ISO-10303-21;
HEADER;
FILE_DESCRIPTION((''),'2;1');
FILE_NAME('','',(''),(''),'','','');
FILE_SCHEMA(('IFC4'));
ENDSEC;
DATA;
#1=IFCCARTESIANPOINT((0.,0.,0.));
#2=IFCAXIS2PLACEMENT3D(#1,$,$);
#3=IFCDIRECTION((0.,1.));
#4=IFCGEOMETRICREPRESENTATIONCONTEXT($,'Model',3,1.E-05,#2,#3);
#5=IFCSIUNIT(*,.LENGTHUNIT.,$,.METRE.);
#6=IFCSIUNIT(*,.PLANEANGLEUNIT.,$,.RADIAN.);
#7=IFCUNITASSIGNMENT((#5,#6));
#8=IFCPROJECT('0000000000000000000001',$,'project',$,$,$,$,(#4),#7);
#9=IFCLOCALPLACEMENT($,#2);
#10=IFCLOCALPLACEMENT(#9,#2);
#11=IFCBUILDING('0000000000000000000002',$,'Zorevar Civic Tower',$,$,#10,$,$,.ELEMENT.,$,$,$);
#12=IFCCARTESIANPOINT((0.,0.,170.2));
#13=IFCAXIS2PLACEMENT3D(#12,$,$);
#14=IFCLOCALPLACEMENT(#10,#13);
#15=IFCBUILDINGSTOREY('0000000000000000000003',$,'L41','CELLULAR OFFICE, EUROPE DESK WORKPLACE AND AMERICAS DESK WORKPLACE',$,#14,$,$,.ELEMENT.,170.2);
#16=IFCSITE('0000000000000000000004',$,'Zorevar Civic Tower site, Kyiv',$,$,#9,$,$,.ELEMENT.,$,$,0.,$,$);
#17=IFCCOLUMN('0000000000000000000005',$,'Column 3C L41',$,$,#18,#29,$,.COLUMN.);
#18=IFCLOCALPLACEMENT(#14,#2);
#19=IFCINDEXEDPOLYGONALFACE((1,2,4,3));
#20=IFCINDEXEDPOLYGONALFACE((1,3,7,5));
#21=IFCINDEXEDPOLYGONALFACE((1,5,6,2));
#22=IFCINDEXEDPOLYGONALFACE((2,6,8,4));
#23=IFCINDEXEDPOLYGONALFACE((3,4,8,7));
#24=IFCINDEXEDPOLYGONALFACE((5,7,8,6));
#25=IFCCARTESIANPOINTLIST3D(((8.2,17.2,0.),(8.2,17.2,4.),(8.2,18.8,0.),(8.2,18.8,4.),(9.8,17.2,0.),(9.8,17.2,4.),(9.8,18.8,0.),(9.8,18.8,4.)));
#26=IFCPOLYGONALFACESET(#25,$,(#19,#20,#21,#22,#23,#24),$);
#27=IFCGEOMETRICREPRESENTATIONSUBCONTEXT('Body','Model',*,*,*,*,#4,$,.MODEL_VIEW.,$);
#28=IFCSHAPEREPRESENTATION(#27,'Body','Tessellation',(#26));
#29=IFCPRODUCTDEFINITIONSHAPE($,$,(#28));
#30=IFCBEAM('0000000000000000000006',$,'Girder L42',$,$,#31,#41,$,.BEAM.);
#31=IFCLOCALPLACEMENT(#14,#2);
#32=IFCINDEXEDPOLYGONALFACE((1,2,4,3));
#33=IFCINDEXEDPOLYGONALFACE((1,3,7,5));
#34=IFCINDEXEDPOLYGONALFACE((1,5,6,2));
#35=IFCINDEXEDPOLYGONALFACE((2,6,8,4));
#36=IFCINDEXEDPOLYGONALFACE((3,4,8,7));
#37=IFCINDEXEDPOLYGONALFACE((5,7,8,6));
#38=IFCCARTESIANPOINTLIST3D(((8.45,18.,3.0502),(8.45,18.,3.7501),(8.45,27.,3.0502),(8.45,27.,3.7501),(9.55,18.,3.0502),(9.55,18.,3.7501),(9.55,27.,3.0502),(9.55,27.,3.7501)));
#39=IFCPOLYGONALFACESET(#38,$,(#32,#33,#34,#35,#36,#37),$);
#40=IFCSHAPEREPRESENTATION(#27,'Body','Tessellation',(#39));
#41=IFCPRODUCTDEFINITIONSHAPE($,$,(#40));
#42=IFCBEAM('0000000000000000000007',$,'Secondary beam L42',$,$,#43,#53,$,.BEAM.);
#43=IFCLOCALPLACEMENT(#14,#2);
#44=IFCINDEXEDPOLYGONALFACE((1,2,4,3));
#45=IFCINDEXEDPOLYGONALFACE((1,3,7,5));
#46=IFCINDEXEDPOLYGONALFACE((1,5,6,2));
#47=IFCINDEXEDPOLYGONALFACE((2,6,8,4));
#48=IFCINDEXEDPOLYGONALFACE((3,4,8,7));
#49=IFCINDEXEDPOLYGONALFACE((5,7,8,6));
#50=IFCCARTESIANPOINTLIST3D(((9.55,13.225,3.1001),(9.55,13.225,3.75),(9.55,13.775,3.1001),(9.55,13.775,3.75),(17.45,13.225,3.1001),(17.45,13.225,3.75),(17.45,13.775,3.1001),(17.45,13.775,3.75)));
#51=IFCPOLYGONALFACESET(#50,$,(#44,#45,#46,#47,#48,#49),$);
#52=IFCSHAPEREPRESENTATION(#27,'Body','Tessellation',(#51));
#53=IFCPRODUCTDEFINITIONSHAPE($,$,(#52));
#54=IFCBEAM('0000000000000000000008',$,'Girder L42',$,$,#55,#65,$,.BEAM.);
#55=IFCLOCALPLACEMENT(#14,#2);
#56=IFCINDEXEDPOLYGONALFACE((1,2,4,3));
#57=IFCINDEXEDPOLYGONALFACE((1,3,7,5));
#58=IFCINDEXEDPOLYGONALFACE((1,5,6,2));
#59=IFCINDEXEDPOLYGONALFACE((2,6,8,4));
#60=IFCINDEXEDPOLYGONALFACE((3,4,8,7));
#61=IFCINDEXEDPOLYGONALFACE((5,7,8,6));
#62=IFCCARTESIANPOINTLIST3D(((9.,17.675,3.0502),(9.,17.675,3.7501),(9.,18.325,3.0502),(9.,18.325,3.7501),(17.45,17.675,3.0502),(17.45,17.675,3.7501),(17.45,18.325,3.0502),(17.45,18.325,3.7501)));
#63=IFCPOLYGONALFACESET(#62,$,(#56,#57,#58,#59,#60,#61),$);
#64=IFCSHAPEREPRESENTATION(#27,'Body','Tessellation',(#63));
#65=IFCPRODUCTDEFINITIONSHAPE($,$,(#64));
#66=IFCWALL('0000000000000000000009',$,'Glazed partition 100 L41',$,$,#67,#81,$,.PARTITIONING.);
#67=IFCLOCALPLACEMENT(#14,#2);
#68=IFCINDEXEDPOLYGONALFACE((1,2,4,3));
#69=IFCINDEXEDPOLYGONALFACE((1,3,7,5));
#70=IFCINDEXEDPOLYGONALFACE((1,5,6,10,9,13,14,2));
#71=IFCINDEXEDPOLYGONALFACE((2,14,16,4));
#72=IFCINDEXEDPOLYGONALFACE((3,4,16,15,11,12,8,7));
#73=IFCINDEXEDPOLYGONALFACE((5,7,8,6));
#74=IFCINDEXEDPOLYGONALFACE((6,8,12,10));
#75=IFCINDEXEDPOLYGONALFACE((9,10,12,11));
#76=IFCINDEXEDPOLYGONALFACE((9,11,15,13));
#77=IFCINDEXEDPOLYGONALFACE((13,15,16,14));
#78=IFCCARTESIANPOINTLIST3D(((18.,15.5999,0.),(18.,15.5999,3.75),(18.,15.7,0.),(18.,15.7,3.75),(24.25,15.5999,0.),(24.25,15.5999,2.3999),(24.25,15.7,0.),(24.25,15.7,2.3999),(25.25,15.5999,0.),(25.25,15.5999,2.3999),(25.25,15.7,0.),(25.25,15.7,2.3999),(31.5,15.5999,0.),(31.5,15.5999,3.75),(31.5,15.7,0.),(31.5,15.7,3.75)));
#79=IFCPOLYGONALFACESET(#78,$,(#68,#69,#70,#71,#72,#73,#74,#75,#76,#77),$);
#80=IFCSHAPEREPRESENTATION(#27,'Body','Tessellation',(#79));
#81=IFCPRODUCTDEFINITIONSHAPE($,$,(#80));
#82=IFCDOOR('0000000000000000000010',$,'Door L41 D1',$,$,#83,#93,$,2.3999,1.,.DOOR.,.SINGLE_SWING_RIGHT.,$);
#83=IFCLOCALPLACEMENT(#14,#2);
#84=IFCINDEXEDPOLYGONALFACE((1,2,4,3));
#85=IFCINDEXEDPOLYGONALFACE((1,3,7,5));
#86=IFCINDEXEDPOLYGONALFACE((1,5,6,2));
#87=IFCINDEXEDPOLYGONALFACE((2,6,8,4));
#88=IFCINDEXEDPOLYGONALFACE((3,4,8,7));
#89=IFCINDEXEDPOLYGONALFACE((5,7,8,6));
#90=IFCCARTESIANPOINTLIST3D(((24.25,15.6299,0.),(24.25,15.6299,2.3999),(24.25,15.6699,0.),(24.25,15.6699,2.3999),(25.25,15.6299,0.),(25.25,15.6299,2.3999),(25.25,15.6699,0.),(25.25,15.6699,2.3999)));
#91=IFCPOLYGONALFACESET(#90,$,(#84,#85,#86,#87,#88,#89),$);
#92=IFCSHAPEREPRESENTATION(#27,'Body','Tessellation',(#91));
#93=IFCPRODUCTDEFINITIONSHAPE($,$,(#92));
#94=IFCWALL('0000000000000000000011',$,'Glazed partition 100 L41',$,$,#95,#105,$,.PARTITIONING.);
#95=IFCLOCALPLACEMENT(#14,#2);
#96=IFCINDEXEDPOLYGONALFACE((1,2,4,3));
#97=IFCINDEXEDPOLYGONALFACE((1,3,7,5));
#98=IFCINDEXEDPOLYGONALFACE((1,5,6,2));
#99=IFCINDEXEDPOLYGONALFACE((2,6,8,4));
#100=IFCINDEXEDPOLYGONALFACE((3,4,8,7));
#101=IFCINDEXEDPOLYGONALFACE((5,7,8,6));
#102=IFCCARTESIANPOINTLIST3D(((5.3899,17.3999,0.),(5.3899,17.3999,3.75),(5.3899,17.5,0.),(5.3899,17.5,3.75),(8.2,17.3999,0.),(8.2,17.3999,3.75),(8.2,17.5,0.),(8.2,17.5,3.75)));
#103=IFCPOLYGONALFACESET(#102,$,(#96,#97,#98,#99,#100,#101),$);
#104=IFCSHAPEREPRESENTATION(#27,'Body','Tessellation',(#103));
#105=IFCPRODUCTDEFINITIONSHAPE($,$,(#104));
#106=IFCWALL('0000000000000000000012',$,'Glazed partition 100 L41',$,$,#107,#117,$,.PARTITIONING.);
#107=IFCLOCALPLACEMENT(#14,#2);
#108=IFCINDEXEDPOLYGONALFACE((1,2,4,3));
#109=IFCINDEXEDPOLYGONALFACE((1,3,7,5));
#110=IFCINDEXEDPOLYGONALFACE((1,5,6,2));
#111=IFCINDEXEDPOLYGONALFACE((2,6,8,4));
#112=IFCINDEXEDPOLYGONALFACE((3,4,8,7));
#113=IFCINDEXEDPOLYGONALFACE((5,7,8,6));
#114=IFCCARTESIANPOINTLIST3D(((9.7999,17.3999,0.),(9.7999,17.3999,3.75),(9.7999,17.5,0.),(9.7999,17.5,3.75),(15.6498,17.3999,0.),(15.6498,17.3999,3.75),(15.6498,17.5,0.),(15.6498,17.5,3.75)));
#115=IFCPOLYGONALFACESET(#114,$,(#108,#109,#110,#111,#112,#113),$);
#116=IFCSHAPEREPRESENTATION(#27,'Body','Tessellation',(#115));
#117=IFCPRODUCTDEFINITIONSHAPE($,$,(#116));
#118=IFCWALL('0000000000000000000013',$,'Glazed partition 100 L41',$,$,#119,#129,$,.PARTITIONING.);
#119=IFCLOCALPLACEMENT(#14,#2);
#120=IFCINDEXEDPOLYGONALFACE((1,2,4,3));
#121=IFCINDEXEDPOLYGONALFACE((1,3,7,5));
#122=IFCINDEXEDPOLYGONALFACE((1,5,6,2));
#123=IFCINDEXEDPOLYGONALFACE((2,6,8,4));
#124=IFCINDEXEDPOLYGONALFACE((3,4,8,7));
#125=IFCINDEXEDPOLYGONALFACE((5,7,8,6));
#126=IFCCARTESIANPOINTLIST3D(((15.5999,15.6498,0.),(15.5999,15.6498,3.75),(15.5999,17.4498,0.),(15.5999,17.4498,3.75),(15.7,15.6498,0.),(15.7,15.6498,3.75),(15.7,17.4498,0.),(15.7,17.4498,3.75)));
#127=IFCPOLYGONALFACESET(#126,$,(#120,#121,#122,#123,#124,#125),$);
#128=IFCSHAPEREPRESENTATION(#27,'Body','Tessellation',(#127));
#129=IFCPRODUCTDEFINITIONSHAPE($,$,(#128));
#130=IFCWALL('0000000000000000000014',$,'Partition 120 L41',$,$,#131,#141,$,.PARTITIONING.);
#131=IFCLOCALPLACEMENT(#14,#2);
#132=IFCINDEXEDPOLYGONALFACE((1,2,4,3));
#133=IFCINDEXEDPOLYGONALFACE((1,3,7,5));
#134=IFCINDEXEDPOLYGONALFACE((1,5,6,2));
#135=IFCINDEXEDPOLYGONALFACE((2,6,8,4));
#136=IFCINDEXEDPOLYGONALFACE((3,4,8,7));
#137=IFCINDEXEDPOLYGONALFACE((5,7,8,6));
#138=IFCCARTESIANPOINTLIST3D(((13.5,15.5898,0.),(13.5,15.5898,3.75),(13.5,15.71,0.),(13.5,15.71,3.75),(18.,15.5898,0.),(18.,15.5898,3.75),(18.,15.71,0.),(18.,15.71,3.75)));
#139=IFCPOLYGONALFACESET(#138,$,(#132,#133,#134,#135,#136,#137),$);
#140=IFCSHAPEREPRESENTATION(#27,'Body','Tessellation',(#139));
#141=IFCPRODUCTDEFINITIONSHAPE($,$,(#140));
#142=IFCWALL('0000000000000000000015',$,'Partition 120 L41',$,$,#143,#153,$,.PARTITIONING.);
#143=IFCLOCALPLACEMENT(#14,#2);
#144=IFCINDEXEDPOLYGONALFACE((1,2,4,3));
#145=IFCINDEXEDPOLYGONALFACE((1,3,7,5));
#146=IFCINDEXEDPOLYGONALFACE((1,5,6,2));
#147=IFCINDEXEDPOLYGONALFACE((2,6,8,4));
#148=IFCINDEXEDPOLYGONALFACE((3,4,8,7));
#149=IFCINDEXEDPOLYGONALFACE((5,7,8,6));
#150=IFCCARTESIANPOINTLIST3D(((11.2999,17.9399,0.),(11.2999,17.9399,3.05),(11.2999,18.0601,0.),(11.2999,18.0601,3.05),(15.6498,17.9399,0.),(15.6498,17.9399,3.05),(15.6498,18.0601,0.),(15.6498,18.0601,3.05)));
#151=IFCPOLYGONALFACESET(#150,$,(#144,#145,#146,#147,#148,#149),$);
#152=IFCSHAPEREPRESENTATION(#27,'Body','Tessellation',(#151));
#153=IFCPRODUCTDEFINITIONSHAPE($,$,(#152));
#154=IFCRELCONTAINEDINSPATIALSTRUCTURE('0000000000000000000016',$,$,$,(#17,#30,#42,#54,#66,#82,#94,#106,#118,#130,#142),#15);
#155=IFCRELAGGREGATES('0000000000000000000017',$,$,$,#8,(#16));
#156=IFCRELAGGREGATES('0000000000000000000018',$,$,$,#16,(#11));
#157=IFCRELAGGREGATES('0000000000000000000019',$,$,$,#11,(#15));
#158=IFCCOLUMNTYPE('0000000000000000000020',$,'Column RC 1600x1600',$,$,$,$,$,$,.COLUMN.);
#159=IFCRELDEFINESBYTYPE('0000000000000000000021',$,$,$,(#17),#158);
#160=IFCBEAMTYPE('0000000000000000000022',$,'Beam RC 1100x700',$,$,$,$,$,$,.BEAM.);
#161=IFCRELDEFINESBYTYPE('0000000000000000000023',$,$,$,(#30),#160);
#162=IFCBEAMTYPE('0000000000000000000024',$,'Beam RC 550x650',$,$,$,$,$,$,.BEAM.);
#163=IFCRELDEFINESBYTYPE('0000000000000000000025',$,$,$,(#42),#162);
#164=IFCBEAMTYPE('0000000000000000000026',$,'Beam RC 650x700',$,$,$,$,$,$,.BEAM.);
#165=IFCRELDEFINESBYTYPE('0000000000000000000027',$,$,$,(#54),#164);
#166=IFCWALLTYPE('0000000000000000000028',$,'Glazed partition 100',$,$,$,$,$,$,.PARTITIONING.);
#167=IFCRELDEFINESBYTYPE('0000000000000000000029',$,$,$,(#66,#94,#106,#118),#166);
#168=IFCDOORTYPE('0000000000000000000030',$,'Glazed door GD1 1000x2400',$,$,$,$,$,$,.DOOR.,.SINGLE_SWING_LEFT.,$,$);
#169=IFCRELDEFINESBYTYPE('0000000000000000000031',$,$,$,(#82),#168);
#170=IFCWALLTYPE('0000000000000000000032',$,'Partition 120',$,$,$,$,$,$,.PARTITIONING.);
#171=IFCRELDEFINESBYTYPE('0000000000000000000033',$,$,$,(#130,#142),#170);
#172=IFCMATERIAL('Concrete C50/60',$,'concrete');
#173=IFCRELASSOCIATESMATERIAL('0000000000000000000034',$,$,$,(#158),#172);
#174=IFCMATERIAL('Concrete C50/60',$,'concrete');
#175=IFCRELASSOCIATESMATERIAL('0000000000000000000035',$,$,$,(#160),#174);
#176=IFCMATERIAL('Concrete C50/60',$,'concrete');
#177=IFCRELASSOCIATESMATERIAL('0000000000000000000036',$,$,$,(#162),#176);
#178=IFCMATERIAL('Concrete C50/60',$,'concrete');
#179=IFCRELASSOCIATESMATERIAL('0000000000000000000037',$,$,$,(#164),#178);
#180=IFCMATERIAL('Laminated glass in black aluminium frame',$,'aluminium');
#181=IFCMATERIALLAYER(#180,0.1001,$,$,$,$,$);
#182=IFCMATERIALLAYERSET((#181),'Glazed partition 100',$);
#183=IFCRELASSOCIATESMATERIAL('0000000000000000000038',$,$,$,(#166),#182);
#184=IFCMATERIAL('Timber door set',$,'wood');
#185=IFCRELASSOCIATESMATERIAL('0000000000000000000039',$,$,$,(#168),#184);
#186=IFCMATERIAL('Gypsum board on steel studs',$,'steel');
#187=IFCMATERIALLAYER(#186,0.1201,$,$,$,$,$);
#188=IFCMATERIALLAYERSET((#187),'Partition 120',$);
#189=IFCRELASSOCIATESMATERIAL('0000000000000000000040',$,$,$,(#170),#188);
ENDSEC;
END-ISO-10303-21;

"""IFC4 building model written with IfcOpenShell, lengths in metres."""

from ifc_helpers import new_model, si_unit, direction, frame, frame_2d, origin, origin_2d, place, context, subcontext, project, spatial, rectangle, extrude, material, layer, layer_set, material_profile, profile_set, type_object, element, fill, save


model = new_model("IFC4")

# Units and contexts
model_context = context("Model", 3, precision=1e-05, world=origin(), true_north=direction((0.0, 1.0)))
body_context = subcontext(model_context, "Body", "Model", "MODEL_VIEW")
ifc_project = project(units=[si_unit("LENGTHUNIT", "METRE"), si_unit("PLANEANGLEUNIT", "RADIAN")], contexts=[model_context])

# Site, building, storey
site_placement = place(None, origin())
site = spatial("IfcSite", under=ifc_project, at=site_placement, Name="Zorevar Civic Tower site, Kyiv", CompositionType="ELEMENT", RefElevation=0.0)
building_placement = place(site_placement, origin())
building = spatial("IfcBuilding", under=site, at=building_placement, Name="Zorevar Civic Tower", CompositionType="ELEMENT")
storey_placement = place(building_placement, frame((0.0, 0.0, 170.2)))
storey = spatial("IfcBuildingStorey", under=building, at=storey_placement, Name="L41", Description="CELLULAR OFFICE, EUROPE DESK WORKPLACE AND AMERICAS DESK WORKPLACE", CompositionType="ELEMENT", Elevation=170.2)

# Column
ifc_material_1 = material(Name="Concrete C50/60", Category="concrete")
ifc_material_profile_1 = material_profile(ifc_material_1, rectangle(XDim=1.6001, YDim=1.6001, at=origin_2d()), Name="RC 1600x1600")
ifc_profile_set_1 = profile_set([ifc_material_profile_1], Name="Concrete C50/60")
column_type = type_object("IfcColumnType", Name="Column RC 1600x1600", PredefinedType="COLUMN", material=ifc_profile_set_1)
column_placement = place(storey_placement, frame((9.0, 18.0, 0.0), z_axis=(0.0, 0.0, 1.0), x_axis=(1.0, 0.0, 0.0)))
element("IfcColumn", 1, at=column_placement, inside=storey, type_object=column_type, Name="Column 3C L41", PredefinedType="COLUMN", context=body_context, shape_type="SweptSolid", body=[
    extrude(rectangle(XDim=1.6001, YDim=1.6001, at=origin_2d()), origin(), (0.0, 0.0, 1.0), 4.0),
])

# Beams
ifc_material_2 = material(Name="Concrete C50/60", Category="concrete")
ifc_material_profile_2 = material_profile(ifc_material_2, rectangle(XDim=1.1001, YDim=0.7, at=origin_2d()), Name="RC 1100x700")
ifc_profile_set_2 = profile_set([ifc_material_profile_2], Name="Concrete C50/60")
beam_type_1 = type_object("IfcBeamType", Name="Beam RC 1100x700", PredefinedType="BEAM", material=ifc_profile_set_2)
beam_1_placement = place(storey_placement, frame((9.0, 18.0, 3.4001), z_axis=(0.0, 1.0, 0.0), x_axis=(-1.0, 0.0, 0.0)))
element("IfcBeam", 2, at=beam_1_placement, inside=storey, type_object=beam_type_1, Name="Girder L42", PredefinedType="BEAM", context=body_context, shape_type="SweptSolid", body=[
    extrude(rectangle(XDim=1.1001, YDim=0.7, at=origin_2d()), origin(), (0.0, 0.0, 1.0), 9.0),
])
ifc_material_3 = material(Name="Concrete C50/60", Category="concrete")
ifc_material_profile_3 = material_profile(ifc_material_3, rectangle(XDim=0.55, YDim=0.6499, at=origin_2d()), Name="RC 550x650")
ifc_profile_set_3 = profile_set([ifc_material_profile_3], Name="Concrete C50/60")
beam_type_2 = type_object("IfcBeamType", Name="Beam RC 550x650", PredefinedType="BEAM", material=ifc_profile_set_3)
beam_2_placement = place(storey_placement, frame((9.55, 13.5, 3.425), z_axis=(1.0, 0.0, 0.0), x_axis=(0.0, 1.0, 0.0)))
element("IfcBeam", 3, at=beam_2_placement, inside=storey, type_object=beam_type_2, Name="Secondary beam L42", PredefinedType="BEAM", context=body_context, shape_type="SweptSolid", body=[
    extrude(rectangle(XDim=0.55, YDim=0.6499, at=origin_2d()), origin(), (0.0, 0.0, 1.0), 7.8999),
])
ifc_material_4 = material(Name="Concrete C50/60", Category="concrete")
ifc_material_profile_4 = material_profile(ifc_material_4, rectangle(XDim=0.6499, YDim=0.7, at=origin_2d()), Name="RC 650x700")
ifc_profile_set_4 = profile_set([ifc_material_profile_4], Name="Concrete C50/60")
beam_type_3 = type_object("IfcBeamType", Name="Beam RC 650x700", PredefinedType="BEAM", material=ifc_profile_set_4)
beam_3_placement = place(storey_placement, frame((9.0, 18.0, 3.4001), z_axis=(1.0, 0.0, 0.0), x_axis=(0.0, 1.0, 0.0)))
element("IfcBeam", 4, at=beam_3_placement, inside=storey, type_object=beam_type_3, Name="Girder L42", PredefinedType="BEAM", context=body_context, shape_type="SweptSolid", body=[
    extrude(rectangle(XDim=0.6499, YDim=0.7, at=origin_2d()), origin(), (0.0, 0.0, 1.0), 8.45),
])

# Wall, opening, door
ifc_material_5 = material(Name="Laminated glass in black aluminium frame", Category="aluminium")
ifc_layer_1 = layer(ifc_material_5, 0.1001)
ifc_layer_set_1 = layer_set([ifc_layer_1], Name="Glazed partition 100")
wall_type_1 = type_object("IfcWallType", Name="Glazed partition 100", PredefinedType="PARTITIONING", material=ifc_layer_set_1)
wall_1_placement = place(storey_placement, frame((18.0, 15.6499, 0.0), z_axis=(0.0, 0.0, 1.0), x_axis=(1.0, 0.0, 0.0)))
wall_1 = element("IfcWall", 5, at=wall_1_placement, inside=storey, type_object=wall_type_1, Name="Glazed partition 100 L41", PredefinedType="PARTITIONING", context=body_context, shape_type="SweptSolid", body=[
    extrude(rectangle(XDim=13.5, YDim=0.1001, at=frame_2d((6.75, 0.0))), origin(), (0.0, 0.0, 1.0), 3.75),
])
opening_1_placement = place(wall_1_placement, frame((6.25, 0.0, 0.0)))
opening_1 = element("IfcOpeningElement", 6, at=opening_1_placement, cuts=wall_1, PredefinedType="OPENING", context=body_context, shape_type="SweptSolid", body=[
    extrude(rectangle(XDim=1.0, YDim=2.3999, at=frame_2d((0.5, 1.2))), frame((0.0, 0.0601, 0.0), z_axis=(0.0, -1.0, 0.0), x_axis=(1.0, 0.0, 0.0)), (0.0, 0.0, 1.0), 0.1201),
])
ifc_material_6 = material(Name="Timber door set", Category="wood")
door_type_1 = type_object("IfcDoorType", Name="Glazed door GD1 1000x2400", OperationType="SINGLE_SWING_LEFT", PredefinedType="DOOR", material=ifc_material_6)
door_1_placement = place(opening_1_placement, origin())
door_1 = element("IfcDoor", 7, at=door_1_placement, inside=storey, type_object=door_type_1, Name="Door L41 D1", OperationType="SINGLE_SWING_RIGHT", OverallHeight=2.3999, OverallWidth=1.0, PredefinedType="DOOR", context=body_context, shape_type="SweptSolid", body=[
    extrude(rectangle(XDim=1.0, YDim=2.3999, at=frame_2d((0.5, 1.2))), frame((0.0, 0.02, 0.0), z_axis=(0.0, -1.0, 0.0), x_axis=(1.0, 0.0, 0.0)), (0.0, 0.0, 1.0), 0.04),
])
fill(opening_1, door_1)

# Walls
wall_2_placement = place(storey_placement, frame((5.3899, 17.45, 0.0), z_axis=(0.0, 0.0, 1.0), x_axis=(1.0, 0.0, 0.0)))
element("IfcWall", 8, at=wall_2_placement, inside=storey, type_object=wall_type_1, Name="Glazed partition 100 L41", PredefinedType="PARTITIONING", context=body_context, shape_type="SweptSolid", body=[
    extrude(rectangle(XDim=2.8101, YDim=0.1001, at=frame_2d((1.405, 0.0))), origin(), (0.0, 0.0, 1.0), 3.75),
])
wall_3_placement = place(storey_placement, frame((9.8, 17.45, 0.0), z_axis=(0.0, 0.0, 1.0), x_axis=(1.0, 0.0, 0.0)))
element("IfcWall", 9, at=wall_3_placement, inside=storey, type_object=wall_type_1, Name="Glazed partition 100 L41", PredefinedType="PARTITIONING", context=body_context, shape_type="SweptSolid", body=[
    extrude(rectangle(XDim=5.8499, YDim=0.1001, at=frame_2d((2.9248, 0.0))), origin(), (0.0, 0.0, 1.0), 3.75),
])
wall_4_placement = place(storey_placement, frame((15.6499, 15.6499, 0.0), z_axis=(0.0, 0.0, 1.0), x_axis=(0.0, 1.0, 0.0)))
element("IfcWall", 10, at=wall_4_placement, inside=storey, type_object=wall_type_1, Name="Glazed partition 100 L41", PredefinedType="PARTITIONING", context=body_context, shape_type="SweptSolid", body=[
    extrude(rectangle(XDim=1.8, YDim=0.1001, at=frame_2d((0.8999, 0.0))), origin(), (0.0, 0.0, 1.0), 3.75),
])
ifc_material_7 = material(Name="Gypsum board on steel studs", Category="steel")
ifc_layer_2 = layer(ifc_material_7, 0.1201)
ifc_layer_set_2 = layer_set([ifc_layer_2], Name="Partition 120")
wall_type_2 = type_object("IfcWallType", Name="Partition 120", PredefinedType="PARTITIONING", material=ifc_layer_set_2)
wall_5_placement = place(storey_placement, frame((13.5, 15.6499, 0.0), z_axis=(0.0, 0.0, 1.0), x_axis=(1.0, 0.0, 0.0)))
element("IfcWall", 11, at=wall_5_placement, inside=storey, type_object=wall_type_2, Name="Partition 120 L41", PredefinedType="PARTITIONING", context=body_context, shape_type="SweptSolid", body=[
    extrude(rectangle(XDim=4.5, YDim=0.1201, at=frame_2d((2.25, 0.0))), origin(), (0.0, 0.0, 1.0), 3.75),
])
wall_6_placement = place(storey_placement, frame((11.3, 18.0, 0.0), z_axis=(0.0, 0.0, 1.0), x_axis=(1.0, 0.0, 0.0)))
element("IfcWall", 12, at=wall_6_placement, inside=storey, type_object=wall_type_2, Name="Partition 120 L41", PredefinedType="PARTITIONING", context=body_context, shape_type="SweptSolid", body=[
    extrude(rectangle(XDim=4.3499, YDim=0.1201, at=frame_2d((2.1748, 0.0))), origin(), (0.0, 0.0, 1.0), 3.05),
])

save(model, "model.ifc")
